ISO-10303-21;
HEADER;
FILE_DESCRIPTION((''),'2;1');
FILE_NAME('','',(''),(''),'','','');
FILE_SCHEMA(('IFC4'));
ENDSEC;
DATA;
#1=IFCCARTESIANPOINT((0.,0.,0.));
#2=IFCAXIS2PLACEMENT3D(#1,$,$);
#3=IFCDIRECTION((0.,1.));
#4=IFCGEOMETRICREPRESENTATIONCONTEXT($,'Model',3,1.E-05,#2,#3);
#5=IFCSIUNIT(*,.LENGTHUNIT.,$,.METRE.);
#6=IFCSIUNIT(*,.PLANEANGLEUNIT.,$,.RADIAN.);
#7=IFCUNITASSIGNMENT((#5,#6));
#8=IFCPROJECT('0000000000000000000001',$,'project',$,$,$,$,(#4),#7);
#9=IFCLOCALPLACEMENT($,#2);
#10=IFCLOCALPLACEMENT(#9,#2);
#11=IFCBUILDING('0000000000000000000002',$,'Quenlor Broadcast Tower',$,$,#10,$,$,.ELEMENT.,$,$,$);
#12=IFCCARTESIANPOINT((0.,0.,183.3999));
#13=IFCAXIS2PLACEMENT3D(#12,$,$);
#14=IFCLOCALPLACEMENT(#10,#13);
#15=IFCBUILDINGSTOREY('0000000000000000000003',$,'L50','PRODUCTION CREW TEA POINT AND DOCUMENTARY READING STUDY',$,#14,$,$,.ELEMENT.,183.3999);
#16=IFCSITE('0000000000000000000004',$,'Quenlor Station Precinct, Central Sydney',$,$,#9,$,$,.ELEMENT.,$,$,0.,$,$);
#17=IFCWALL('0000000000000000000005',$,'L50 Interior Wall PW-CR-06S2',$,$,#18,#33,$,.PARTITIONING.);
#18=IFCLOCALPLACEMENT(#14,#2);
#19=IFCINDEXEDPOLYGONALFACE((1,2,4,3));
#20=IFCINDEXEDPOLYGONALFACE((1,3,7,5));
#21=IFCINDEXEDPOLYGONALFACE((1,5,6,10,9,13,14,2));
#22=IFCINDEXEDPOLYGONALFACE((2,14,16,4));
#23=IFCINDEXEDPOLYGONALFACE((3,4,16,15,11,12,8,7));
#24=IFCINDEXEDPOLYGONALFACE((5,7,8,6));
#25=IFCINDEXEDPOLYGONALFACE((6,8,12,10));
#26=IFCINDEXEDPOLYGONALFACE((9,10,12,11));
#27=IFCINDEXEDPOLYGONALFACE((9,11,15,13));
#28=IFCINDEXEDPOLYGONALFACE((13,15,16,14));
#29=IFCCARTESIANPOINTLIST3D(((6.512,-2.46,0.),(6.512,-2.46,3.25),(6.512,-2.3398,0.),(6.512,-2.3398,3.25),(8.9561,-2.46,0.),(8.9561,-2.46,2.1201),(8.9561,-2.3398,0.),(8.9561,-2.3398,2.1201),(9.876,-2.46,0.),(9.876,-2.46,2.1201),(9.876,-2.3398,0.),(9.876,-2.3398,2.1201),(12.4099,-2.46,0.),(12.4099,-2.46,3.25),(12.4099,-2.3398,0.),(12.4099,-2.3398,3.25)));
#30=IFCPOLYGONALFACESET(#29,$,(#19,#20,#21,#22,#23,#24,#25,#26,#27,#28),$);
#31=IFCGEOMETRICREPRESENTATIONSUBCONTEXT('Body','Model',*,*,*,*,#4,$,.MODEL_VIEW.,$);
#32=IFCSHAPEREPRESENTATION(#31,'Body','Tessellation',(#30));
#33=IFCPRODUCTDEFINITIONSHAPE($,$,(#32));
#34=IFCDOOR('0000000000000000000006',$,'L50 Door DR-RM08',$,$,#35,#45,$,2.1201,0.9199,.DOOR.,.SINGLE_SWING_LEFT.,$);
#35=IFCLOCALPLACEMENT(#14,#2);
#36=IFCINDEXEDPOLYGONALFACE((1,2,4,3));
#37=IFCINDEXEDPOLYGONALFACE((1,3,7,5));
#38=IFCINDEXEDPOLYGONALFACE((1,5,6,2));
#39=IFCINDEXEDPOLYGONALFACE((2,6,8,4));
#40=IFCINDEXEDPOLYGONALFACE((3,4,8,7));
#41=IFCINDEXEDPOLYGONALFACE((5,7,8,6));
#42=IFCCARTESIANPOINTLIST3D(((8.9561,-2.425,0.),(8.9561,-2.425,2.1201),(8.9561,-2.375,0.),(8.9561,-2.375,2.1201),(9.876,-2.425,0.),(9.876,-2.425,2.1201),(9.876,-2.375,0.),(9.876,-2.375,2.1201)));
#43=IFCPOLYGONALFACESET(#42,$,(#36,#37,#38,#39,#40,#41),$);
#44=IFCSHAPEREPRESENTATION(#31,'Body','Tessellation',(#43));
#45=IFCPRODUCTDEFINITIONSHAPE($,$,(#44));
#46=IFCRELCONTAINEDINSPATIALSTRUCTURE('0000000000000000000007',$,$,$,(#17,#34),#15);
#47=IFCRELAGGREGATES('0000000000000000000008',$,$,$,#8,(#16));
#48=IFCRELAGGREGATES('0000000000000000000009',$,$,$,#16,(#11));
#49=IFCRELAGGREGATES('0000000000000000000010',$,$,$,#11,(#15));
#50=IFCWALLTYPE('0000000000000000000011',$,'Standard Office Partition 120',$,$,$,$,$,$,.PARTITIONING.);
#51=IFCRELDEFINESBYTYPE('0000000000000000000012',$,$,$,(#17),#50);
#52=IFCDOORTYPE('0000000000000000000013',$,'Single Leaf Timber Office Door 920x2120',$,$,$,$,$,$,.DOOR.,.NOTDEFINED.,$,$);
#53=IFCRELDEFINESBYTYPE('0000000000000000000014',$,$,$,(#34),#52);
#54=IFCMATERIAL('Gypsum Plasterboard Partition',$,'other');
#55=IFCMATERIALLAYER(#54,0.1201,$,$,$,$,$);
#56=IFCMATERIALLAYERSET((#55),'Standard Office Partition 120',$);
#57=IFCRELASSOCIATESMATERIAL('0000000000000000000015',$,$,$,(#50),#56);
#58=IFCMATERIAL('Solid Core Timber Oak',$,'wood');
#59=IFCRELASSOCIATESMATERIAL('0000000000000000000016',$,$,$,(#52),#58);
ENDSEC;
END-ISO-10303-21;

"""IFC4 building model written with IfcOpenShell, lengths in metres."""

from ifc_helpers import new_model, si_unit, direction, frame, frame_2d, origin, place, context, subcontext, project, spatial, rectangle, extrude, material, layer, layer_set, type_object, element, fill, save


model = new_model("IFC4")

# Units and contexts
model_context = context("Model", 3, precision=1e-05, world=origin(), true_north=direction((0.0, 1.0)))
body_context = subcontext(model_context, "Body", "Model", "MODEL_VIEW")
ifc_project = project(units=[si_unit("LENGTHUNIT", "METRE"), si_unit("PLANEANGLEUNIT", "RADIAN")], contexts=[model_context])

# Site, building, storey
site_placement = place(None, origin())
site = spatial("IfcSite", under=ifc_project, at=site_placement, Name="Quenlor Station Precinct, Central Sydney", CompositionType="ELEMENT", RefElevation=0.0)
building_placement = place(site_placement, origin())
building = spatial("IfcBuilding", under=site, at=building_placement, Name="Quenlor Broadcast Tower", CompositionType="ELEMENT")
storey_placement = place(building_placement, frame((0.0, 0.0, 183.3999)))
storey = spatial("IfcBuildingStorey", under=building, at=storey_placement, Name="L50", Description="PRODUCTION CREW TEA POINT AND DOCUMENTARY READING STUDY", CompositionType="ELEMENT", Elevation=183.3999)

# Shared definitions
ifc_material_1 = material(Name="Gypsum Plasterboard Partition", Category="other")
ifc_layer_1 = layer(ifc_material_1, 0.1201)
ifc_layer_set_1 = layer_set([ifc_layer_1], Name="Standard Office Partition 120")
wall_type_1 = type_object("IfcWallType", Name="Standard Office Partition 120", PredefinedType="PARTITIONING", material=ifc_layer_set_1)

# Wall, opening, door
wall_1_placement = place(storey_placement, frame((6.512, -2.3999, 0.0), z_axis=(0.0, 0.0, 1.0), x_axis=(1.0, 0.0, 0.0)))
wall_1 = element("IfcWall", 1, at=wall_1_placement, inside=storey, type_object=wall_type_1, Name="L50 Interior Wall PW-CR-06S2", PredefinedType="PARTITIONING", context=body_context, shape_type="SweptSolid", body=[
    extrude(rectangle(XDim=5.8979, YDim=0.1201, at=frame_2d((2.949, 0.0))), origin(), (0.0, 0.0, 1.0), 3.25),
])
opening_1_placement = place(wall_1_placement, frame((2.4441, 0.0, 0.0)))
opening_1 = element("IfcOpeningElement", 2, at=opening_1_placement, cuts=wall_1, PredefinedType="OPENING", context=body_context, shape_type="SweptSolid", body=[
    extrude(rectangle(XDim=0.9199, YDim=2.1201, at=frame_2d((0.46, 1.0601))), frame((0.0, 0.0701, 0.0), z_axis=(0.0, -1.0, 0.0), x_axis=(1.0, 0.0, 0.0)), (0.0, 0.0, 1.0), 0.1401),
])
ifc_material_2 = material(Name="Solid Core Timber Oak", Category="wood")
door_type_1 = type_object("IfcDoorType", Name="Single Leaf Timber Office Door 920x2120", OperationType="NOTDEFINED", PredefinedType="DOOR", material=ifc_material_2)
door_1_placement = place(opening_1_placement, origin())
door_1 = element("IfcDoor", 3, at=door_1_placement, inside=storey, type_object=door_type_1, Name="L50 Door DR-RM08", OperationType="SINGLE_SWING_LEFT", OverallHeight=2.1201, OverallWidth=0.9199, PredefinedType="DOOR", context=body_context, shape_type="SweptSolid", body=[
    extrude(rectangle(XDim=0.9199, YDim=2.1201, at=frame_2d((0.46, 1.0601))), frame((0.0, 0.0249, 0.0), z_axis=(0.0, -1.0, 0.0), x_axis=(1.0, 0.0, 0.0)), (0.0, 0.0, 1.0), 0.05),
])
fill(opening_1, door_1)

save(model, "model.ifc")
